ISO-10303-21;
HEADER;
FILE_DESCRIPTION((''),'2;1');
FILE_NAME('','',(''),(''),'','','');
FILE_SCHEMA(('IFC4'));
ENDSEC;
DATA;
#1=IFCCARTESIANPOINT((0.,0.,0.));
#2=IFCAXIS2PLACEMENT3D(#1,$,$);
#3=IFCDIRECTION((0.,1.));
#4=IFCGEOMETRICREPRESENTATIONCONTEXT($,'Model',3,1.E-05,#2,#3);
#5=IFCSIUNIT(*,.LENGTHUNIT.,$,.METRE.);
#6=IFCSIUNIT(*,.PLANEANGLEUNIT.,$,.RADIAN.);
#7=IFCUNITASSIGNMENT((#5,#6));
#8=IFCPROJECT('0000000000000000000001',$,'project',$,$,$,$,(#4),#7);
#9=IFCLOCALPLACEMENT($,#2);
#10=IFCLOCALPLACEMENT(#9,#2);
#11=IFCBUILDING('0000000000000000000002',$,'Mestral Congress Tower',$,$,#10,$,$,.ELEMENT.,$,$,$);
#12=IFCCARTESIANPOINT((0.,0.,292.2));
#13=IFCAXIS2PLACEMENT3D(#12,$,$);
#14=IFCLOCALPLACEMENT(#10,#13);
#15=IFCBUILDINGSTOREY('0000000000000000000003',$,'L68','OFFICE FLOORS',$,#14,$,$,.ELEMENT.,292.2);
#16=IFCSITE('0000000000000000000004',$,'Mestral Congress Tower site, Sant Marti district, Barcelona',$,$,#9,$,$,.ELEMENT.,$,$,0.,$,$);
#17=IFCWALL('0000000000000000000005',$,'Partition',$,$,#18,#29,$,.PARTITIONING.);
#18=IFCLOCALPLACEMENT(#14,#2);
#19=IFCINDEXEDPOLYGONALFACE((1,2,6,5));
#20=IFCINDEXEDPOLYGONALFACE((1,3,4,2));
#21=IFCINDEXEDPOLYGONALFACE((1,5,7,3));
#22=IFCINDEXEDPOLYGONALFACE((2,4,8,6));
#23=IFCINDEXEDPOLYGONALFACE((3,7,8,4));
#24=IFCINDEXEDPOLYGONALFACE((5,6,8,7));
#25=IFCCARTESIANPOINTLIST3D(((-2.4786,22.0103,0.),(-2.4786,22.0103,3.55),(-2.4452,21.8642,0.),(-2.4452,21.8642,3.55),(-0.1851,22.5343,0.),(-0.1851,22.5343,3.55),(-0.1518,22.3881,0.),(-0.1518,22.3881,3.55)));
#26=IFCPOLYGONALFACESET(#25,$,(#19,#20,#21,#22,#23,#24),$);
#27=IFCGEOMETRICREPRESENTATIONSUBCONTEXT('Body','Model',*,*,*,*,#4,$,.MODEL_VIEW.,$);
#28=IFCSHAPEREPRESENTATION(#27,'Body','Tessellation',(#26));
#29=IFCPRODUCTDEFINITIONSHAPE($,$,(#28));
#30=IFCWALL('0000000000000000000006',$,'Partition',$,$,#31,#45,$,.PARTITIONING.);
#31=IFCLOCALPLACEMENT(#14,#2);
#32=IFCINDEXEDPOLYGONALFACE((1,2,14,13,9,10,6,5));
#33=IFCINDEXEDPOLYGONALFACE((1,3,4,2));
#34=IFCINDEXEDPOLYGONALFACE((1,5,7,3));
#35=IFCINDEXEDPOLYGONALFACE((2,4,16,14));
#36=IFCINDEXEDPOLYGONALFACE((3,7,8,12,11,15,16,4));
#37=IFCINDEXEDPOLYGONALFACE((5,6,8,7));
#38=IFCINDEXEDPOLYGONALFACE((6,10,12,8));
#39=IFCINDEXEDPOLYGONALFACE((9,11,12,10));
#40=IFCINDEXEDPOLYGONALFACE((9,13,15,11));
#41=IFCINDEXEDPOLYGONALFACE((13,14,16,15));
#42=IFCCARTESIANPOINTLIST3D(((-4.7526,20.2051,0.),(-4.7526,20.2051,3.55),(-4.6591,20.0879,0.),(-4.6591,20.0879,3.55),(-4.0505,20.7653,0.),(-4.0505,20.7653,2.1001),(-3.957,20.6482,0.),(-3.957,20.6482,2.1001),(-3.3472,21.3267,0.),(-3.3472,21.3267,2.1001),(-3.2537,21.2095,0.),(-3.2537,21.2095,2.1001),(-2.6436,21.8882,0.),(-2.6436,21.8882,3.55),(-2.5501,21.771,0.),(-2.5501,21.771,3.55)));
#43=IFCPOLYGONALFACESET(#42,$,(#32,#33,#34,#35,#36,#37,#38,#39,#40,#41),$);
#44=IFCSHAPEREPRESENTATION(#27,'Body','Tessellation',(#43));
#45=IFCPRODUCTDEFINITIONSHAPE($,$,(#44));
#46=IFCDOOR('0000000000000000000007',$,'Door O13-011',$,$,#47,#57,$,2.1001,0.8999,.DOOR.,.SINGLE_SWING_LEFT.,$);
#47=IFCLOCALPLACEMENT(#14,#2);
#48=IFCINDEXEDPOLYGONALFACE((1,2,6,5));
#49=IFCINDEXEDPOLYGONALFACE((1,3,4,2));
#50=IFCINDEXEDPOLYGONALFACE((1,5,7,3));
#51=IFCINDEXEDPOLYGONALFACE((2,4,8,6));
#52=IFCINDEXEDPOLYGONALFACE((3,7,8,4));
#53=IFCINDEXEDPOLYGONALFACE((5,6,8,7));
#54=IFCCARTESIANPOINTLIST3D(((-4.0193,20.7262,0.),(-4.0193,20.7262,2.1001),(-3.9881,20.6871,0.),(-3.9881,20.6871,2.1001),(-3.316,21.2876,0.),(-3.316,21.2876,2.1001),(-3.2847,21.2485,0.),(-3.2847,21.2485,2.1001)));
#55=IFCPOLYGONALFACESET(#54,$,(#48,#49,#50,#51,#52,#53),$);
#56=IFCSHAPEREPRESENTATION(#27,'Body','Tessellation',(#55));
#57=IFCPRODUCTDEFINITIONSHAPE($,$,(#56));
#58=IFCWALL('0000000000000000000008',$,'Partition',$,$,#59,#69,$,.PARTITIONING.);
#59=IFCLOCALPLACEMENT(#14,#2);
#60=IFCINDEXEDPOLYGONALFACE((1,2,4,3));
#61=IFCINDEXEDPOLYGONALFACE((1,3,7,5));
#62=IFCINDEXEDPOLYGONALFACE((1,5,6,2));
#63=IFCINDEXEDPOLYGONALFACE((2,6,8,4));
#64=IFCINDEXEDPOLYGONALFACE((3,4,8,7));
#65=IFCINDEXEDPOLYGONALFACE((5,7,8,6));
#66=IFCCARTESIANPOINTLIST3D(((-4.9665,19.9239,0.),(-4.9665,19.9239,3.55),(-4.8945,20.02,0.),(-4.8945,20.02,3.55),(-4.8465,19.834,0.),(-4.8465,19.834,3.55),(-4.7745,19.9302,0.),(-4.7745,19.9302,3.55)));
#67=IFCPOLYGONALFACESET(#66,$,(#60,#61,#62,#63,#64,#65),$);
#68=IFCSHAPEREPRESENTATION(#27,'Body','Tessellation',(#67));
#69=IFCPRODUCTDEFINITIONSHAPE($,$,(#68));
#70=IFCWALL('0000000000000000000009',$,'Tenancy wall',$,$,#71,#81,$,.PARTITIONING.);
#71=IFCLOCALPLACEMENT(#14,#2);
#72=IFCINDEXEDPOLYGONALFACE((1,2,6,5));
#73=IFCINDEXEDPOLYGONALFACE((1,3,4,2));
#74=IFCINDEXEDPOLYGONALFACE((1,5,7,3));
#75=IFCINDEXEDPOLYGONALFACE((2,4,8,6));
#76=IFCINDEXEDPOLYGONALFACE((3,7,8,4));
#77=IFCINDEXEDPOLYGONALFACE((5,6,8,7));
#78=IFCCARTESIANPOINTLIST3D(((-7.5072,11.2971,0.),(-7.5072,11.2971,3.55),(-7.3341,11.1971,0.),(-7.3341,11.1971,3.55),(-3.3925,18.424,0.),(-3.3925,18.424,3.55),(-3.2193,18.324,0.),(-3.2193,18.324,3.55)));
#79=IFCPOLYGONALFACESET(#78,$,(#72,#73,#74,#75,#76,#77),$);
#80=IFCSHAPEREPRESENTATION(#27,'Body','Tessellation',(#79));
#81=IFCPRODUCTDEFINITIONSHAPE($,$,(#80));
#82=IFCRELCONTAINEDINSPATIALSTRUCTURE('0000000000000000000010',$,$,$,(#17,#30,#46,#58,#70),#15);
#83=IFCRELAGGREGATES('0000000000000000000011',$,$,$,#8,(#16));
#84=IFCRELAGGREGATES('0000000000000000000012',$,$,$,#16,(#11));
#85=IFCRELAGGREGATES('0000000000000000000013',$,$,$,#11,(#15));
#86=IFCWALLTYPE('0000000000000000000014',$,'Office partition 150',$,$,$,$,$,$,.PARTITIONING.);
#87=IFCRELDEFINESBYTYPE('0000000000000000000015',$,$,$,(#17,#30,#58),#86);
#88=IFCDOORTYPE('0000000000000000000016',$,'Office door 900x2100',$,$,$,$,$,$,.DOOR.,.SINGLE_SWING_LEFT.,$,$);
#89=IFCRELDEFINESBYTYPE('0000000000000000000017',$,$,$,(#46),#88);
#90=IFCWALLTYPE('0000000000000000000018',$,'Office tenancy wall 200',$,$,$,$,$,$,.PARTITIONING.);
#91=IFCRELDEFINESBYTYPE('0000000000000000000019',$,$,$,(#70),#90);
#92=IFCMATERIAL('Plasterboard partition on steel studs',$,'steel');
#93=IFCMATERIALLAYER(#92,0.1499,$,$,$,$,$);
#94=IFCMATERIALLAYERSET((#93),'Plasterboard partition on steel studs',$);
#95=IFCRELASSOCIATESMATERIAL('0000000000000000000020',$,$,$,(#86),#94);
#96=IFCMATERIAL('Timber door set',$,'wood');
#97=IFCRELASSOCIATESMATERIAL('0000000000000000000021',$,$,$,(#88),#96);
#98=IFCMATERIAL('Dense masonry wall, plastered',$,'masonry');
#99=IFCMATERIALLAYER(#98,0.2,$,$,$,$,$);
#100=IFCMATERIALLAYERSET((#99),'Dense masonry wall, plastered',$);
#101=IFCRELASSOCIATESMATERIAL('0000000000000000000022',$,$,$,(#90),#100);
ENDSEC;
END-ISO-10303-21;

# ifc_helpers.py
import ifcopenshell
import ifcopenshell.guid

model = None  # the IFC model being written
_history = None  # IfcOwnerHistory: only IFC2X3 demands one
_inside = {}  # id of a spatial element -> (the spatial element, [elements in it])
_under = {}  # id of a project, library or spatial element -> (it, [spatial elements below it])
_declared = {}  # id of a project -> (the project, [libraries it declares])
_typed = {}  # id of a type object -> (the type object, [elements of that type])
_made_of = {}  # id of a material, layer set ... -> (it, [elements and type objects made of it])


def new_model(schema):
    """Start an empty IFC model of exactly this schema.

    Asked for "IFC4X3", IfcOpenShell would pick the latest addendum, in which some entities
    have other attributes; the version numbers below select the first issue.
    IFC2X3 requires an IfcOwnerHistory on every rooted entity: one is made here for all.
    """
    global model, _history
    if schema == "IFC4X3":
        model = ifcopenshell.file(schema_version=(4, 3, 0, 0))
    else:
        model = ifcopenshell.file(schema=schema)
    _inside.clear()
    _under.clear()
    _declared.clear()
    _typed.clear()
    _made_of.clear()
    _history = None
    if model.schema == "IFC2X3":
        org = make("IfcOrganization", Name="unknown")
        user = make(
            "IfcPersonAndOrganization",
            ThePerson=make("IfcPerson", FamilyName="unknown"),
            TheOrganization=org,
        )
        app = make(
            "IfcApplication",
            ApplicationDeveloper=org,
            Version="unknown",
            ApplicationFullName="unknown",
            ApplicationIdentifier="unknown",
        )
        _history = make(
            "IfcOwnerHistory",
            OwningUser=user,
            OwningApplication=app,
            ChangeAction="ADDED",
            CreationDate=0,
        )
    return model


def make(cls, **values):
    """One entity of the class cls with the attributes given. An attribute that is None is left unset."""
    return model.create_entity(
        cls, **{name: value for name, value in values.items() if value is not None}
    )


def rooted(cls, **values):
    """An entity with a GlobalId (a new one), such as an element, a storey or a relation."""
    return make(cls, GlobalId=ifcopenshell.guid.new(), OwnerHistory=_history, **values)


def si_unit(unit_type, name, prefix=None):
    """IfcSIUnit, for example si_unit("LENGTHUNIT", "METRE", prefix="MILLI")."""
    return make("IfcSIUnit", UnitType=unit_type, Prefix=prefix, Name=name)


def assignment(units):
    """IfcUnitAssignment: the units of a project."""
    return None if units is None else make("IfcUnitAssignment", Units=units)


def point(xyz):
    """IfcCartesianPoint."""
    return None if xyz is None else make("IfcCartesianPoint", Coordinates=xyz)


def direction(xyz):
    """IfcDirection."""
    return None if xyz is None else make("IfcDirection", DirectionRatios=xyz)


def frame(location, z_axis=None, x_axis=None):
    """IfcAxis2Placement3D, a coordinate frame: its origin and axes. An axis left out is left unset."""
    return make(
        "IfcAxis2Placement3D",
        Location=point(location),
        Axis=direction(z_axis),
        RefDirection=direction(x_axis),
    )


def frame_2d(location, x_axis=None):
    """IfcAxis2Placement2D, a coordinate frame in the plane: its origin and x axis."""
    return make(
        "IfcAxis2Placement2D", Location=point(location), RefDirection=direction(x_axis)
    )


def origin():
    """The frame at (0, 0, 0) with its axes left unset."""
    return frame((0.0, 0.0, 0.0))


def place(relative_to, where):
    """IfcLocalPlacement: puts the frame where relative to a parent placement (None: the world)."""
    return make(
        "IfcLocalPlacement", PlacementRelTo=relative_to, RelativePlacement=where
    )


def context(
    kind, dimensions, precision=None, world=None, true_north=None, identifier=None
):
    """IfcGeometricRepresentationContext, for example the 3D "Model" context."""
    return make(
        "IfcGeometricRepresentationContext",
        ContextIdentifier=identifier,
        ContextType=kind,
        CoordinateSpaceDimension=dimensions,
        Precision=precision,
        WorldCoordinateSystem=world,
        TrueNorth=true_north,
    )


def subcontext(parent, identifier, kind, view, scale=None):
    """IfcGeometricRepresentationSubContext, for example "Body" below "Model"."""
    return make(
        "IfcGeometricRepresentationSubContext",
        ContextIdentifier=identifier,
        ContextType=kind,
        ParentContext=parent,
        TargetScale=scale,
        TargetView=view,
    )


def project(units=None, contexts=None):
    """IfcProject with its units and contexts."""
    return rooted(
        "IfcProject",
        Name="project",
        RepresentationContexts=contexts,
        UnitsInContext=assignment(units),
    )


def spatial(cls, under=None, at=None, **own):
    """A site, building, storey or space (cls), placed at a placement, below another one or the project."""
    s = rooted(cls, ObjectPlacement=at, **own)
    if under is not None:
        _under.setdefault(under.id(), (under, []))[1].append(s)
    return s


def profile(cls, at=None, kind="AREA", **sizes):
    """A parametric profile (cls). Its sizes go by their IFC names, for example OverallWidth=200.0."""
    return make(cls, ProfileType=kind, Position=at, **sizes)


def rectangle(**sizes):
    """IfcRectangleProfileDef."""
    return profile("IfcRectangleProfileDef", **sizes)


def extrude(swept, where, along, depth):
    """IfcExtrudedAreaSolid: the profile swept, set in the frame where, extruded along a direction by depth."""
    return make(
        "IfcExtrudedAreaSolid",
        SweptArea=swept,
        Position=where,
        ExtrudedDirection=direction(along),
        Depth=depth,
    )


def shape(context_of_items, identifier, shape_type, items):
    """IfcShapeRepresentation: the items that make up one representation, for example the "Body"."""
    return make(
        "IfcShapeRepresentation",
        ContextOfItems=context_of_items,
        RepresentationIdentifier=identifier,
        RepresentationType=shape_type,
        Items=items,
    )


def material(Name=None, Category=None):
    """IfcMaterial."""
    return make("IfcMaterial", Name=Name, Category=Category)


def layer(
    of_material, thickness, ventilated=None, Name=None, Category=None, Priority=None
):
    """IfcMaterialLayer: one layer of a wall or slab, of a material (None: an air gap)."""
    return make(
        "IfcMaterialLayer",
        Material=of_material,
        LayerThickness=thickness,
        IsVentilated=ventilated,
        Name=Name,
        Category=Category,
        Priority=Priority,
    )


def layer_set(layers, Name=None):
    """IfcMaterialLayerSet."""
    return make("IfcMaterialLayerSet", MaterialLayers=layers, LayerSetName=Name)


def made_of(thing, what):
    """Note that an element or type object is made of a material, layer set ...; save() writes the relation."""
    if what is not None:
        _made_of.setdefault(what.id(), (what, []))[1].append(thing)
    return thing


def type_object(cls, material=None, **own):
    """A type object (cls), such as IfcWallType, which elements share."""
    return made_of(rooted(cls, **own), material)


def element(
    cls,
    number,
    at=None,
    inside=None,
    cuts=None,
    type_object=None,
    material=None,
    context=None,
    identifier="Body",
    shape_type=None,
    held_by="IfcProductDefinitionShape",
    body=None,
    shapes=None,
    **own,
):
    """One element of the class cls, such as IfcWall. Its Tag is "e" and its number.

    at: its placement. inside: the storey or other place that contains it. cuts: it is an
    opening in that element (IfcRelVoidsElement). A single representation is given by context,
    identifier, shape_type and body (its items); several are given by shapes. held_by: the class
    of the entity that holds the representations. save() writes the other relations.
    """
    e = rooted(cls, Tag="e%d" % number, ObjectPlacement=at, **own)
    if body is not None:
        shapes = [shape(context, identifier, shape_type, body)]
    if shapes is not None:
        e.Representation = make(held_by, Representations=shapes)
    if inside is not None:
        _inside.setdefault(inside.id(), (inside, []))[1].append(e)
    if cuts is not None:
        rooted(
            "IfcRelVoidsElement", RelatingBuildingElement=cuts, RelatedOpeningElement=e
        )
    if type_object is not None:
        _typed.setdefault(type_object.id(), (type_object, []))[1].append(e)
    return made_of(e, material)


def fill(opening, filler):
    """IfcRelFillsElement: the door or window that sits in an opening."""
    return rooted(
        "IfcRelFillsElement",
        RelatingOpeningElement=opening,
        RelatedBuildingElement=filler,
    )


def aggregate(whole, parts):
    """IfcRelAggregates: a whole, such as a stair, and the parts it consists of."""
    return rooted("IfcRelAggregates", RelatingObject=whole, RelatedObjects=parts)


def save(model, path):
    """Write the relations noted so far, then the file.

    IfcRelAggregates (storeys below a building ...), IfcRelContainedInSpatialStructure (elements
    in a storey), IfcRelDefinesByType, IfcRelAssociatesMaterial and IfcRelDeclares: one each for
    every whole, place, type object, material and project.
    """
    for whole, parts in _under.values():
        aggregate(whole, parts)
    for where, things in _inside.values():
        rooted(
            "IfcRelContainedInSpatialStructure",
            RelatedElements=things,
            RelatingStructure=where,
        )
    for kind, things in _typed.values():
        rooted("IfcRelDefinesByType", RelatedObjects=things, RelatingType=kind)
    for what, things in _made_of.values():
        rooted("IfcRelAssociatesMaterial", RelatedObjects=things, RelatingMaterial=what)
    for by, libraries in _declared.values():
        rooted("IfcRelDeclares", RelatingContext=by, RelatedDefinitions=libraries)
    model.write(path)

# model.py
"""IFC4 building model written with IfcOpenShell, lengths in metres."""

from ifc_helpers import new_model, si_unit, direction, frame, frame_2d, origin, place, context, subcontext, project, spatial, rectangle, extrude, material, layer, layer_set, type_object, element, fill, save


model = new_model("IFC4")

# Units and contexts
model_context = context("Model", 3, precision=1e-05, world=origin(), true_north=direction((0.0, 1.0)))
body_context = subcontext(model_context, "Body", "Model", "MODEL_VIEW")
ifc_project = project(units=[si_unit("LENGTHUNIT", "METRE"), si_unit("PLANEANGLEUNIT", "RADIAN")], contexts=[model_context])

# Site, building, storey
site_placement = place(None, origin())
site = spatial("IfcSite", under=ifc_project, at=site_placement, Name="Mestral Congress Tower site, Sant Marti district, Barcelona", CompositionType="ELEMENT", RefElevation=0.0)
building_placement = place(site_placement, origin())
building = spatial("IfcBuilding", under=site, at=building_placement, Name="Mestral Congress Tower", CompositionType="ELEMENT")
storey_placement = place(building_placement, frame((0.0, 0.0, 292.2)))
storey = spatial("IfcBuildingStorey", under=building, at=storey_placement, Name="L68", Description="OFFICE FLOORS", CompositionType="ELEMENT", Elevation=292.2)

# Wall
ifc_material_1 = material(Name="Plasterboard partition on steel studs", Category="steel")
ifc_layer_1 = layer(ifc_material_1, 0.1499)
ifc_layer_set_1 = layer_set([ifc_layer_1], Name="Plasterboard partition on steel studs")
wall_type_1 = type_object("IfcWallType", Name="Office partition 150", PredefinedType="PARTITIONING", material=ifc_layer_set_1)
wall_1_placement = place(storey_placement, frame((-0.1685, 22.4612, 0.0), z_axis=(0.0, 0.0, 1.0), x_axis=(-0.974886, -0.222706, 0.0)))
element("IfcWall", 1, at=wall_1_placement, inside=storey, type_object=wall_type_1, Name="Partition", PredefinedType="PARTITIONING", context=body_context, shape_type="SweptSolid", body=[
    extrude(rectangle(XDim=2.3525, YDim=0.1499, at=frame_2d((1.1763, 0.0))), origin(), (0.0, 0.0, 1.0), 3.55),
])

# Wall, opening, door
wall_2_placement = place(storey_placement, frame((-4.7058, 20.1465, 0.0), z_axis=(0.0, 0.0, 1.0), x_axis=(0.781592, 0.62379, 0.0)))
wall_2 = element("IfcWall", 2, at=wall_2_placement, inside=storey, type_object=wall_type_1, Name="Partition", PredefinedType="PARTITIONING", context=body_context, shape_type="SweptSolid", body=[
    extrude(rectangle(XDim=2.6982, YDim=0.1499, at=frame_2d((1.3491, 0.0))), origin(), (0.0, 0.0, 1.0), 3.55),
])
opening_1_placement = place(wall_2_placement, frame((0.8982, 0.0, 0.0)))
opening_1 = element("IfcOpeningElement", 3, at=opening_1_placement, cuts=wall_2, PredefinedType="OPENING", context=body_context, shape_type="SweptSolid", body=[
    extrude(rectangle(XDim=0.8999, YDim=2.1001, at=frame_2d((0.45, 1.05))), frame((0.0, 0.085, 0.0), z_axis=(0.0, -1.0, 0.0), x_axis=(1.0, 0.0, 0.0)), (0.0, 0.0, 1.0), 0.1699),
])
ifc_material_2 = material(Name="Timber door set", Category="wood")
door_type = type_object("IfcDoorType", Name="Office door 900x2100", OperationType="SINGLE_SWING_LEFT", PredefinedType="DOOR", material=ifc_material_2)
door_placement = place(opening_1_placement, origin())
door = element("IfcDoor", 4, at=door_placement, inside=storey, type_object=door_type, Name="Door O13-011", OperationType="SINGLE_SWING_LEFT", OverallHeight=2.1001, OverallWidth=0.8999, PredefinedType="DOOR", context=body_context, shape_type="SweptSolid", body=[
    extrude(rectangle(XDim=0.8999, YDim=2.1001, at=frame_2d((0.45, 1.05))), frame((0.0, 0.0249, 0.0), z_axis=(0.0, -1.0, 0.0), x_axis=(1.0, 0.0, 0.0)), (0.0, 0.0, 1.0), 0.05),
])
fill(opening_1, door)

# Walls
wall_3_placement = place(storey_placement, frame((-4.8345, 19.9751, 0.0), z_axis=(0.0, 0.0, 1.0), x_axis=(-0.59935, -0.800487, 0.0)))
element("IfcWall", 5, at=wall_3_placement, inside=storey, type_object=wall_type_1, Name="Partition", PredefinedType="PARTITIONING", context=body_context, shape_type="SweptSolid", body=[
    extrude(rectangle(XDim=0.1201, YDim=0.1499, at=frame_2d((0.0601, 0.0))), origin(), (0.0, 0.0, 1.0), 3.55),
])
ifc_material_3 = material(Name="Dense masonry wall, plastered", Category="masonry")
ifc_layer_2 = layer(ifc_material_3, 0.2)
ifc_layer_set_2 = layer_set([ifc_layer_2], Name="Dense masonry wall, plastered")
wall_type_2 = type_object("IfcWallType", Name="Office tenancy wall 200", PredefinedType="PARTITIONING", material=ifc_layer_set_2)
wall_4_placement = place(storey_placement, frame((-3.3059, 18.374, 0.0), z_axis=(0.0, 0.0, 1.0), x_axis=(-0.5, -0.866026, 0.0)))
element("IfcWall", 6, at=wall_4_placement, inside=storey, type_object=wall_type_2, Name="Tenancy wall", PredefinedType="PARTITIONING", context=body_context, shape_type="SweptSolid", body=[
    extrude(rectangle(XDim=8.2295, YDim=0.2, at=frame_2d((4.1147, 0.0))), origin(), (0.0, 0.0, 1.0), 3.55),
])

save(model, "model.ifc")
